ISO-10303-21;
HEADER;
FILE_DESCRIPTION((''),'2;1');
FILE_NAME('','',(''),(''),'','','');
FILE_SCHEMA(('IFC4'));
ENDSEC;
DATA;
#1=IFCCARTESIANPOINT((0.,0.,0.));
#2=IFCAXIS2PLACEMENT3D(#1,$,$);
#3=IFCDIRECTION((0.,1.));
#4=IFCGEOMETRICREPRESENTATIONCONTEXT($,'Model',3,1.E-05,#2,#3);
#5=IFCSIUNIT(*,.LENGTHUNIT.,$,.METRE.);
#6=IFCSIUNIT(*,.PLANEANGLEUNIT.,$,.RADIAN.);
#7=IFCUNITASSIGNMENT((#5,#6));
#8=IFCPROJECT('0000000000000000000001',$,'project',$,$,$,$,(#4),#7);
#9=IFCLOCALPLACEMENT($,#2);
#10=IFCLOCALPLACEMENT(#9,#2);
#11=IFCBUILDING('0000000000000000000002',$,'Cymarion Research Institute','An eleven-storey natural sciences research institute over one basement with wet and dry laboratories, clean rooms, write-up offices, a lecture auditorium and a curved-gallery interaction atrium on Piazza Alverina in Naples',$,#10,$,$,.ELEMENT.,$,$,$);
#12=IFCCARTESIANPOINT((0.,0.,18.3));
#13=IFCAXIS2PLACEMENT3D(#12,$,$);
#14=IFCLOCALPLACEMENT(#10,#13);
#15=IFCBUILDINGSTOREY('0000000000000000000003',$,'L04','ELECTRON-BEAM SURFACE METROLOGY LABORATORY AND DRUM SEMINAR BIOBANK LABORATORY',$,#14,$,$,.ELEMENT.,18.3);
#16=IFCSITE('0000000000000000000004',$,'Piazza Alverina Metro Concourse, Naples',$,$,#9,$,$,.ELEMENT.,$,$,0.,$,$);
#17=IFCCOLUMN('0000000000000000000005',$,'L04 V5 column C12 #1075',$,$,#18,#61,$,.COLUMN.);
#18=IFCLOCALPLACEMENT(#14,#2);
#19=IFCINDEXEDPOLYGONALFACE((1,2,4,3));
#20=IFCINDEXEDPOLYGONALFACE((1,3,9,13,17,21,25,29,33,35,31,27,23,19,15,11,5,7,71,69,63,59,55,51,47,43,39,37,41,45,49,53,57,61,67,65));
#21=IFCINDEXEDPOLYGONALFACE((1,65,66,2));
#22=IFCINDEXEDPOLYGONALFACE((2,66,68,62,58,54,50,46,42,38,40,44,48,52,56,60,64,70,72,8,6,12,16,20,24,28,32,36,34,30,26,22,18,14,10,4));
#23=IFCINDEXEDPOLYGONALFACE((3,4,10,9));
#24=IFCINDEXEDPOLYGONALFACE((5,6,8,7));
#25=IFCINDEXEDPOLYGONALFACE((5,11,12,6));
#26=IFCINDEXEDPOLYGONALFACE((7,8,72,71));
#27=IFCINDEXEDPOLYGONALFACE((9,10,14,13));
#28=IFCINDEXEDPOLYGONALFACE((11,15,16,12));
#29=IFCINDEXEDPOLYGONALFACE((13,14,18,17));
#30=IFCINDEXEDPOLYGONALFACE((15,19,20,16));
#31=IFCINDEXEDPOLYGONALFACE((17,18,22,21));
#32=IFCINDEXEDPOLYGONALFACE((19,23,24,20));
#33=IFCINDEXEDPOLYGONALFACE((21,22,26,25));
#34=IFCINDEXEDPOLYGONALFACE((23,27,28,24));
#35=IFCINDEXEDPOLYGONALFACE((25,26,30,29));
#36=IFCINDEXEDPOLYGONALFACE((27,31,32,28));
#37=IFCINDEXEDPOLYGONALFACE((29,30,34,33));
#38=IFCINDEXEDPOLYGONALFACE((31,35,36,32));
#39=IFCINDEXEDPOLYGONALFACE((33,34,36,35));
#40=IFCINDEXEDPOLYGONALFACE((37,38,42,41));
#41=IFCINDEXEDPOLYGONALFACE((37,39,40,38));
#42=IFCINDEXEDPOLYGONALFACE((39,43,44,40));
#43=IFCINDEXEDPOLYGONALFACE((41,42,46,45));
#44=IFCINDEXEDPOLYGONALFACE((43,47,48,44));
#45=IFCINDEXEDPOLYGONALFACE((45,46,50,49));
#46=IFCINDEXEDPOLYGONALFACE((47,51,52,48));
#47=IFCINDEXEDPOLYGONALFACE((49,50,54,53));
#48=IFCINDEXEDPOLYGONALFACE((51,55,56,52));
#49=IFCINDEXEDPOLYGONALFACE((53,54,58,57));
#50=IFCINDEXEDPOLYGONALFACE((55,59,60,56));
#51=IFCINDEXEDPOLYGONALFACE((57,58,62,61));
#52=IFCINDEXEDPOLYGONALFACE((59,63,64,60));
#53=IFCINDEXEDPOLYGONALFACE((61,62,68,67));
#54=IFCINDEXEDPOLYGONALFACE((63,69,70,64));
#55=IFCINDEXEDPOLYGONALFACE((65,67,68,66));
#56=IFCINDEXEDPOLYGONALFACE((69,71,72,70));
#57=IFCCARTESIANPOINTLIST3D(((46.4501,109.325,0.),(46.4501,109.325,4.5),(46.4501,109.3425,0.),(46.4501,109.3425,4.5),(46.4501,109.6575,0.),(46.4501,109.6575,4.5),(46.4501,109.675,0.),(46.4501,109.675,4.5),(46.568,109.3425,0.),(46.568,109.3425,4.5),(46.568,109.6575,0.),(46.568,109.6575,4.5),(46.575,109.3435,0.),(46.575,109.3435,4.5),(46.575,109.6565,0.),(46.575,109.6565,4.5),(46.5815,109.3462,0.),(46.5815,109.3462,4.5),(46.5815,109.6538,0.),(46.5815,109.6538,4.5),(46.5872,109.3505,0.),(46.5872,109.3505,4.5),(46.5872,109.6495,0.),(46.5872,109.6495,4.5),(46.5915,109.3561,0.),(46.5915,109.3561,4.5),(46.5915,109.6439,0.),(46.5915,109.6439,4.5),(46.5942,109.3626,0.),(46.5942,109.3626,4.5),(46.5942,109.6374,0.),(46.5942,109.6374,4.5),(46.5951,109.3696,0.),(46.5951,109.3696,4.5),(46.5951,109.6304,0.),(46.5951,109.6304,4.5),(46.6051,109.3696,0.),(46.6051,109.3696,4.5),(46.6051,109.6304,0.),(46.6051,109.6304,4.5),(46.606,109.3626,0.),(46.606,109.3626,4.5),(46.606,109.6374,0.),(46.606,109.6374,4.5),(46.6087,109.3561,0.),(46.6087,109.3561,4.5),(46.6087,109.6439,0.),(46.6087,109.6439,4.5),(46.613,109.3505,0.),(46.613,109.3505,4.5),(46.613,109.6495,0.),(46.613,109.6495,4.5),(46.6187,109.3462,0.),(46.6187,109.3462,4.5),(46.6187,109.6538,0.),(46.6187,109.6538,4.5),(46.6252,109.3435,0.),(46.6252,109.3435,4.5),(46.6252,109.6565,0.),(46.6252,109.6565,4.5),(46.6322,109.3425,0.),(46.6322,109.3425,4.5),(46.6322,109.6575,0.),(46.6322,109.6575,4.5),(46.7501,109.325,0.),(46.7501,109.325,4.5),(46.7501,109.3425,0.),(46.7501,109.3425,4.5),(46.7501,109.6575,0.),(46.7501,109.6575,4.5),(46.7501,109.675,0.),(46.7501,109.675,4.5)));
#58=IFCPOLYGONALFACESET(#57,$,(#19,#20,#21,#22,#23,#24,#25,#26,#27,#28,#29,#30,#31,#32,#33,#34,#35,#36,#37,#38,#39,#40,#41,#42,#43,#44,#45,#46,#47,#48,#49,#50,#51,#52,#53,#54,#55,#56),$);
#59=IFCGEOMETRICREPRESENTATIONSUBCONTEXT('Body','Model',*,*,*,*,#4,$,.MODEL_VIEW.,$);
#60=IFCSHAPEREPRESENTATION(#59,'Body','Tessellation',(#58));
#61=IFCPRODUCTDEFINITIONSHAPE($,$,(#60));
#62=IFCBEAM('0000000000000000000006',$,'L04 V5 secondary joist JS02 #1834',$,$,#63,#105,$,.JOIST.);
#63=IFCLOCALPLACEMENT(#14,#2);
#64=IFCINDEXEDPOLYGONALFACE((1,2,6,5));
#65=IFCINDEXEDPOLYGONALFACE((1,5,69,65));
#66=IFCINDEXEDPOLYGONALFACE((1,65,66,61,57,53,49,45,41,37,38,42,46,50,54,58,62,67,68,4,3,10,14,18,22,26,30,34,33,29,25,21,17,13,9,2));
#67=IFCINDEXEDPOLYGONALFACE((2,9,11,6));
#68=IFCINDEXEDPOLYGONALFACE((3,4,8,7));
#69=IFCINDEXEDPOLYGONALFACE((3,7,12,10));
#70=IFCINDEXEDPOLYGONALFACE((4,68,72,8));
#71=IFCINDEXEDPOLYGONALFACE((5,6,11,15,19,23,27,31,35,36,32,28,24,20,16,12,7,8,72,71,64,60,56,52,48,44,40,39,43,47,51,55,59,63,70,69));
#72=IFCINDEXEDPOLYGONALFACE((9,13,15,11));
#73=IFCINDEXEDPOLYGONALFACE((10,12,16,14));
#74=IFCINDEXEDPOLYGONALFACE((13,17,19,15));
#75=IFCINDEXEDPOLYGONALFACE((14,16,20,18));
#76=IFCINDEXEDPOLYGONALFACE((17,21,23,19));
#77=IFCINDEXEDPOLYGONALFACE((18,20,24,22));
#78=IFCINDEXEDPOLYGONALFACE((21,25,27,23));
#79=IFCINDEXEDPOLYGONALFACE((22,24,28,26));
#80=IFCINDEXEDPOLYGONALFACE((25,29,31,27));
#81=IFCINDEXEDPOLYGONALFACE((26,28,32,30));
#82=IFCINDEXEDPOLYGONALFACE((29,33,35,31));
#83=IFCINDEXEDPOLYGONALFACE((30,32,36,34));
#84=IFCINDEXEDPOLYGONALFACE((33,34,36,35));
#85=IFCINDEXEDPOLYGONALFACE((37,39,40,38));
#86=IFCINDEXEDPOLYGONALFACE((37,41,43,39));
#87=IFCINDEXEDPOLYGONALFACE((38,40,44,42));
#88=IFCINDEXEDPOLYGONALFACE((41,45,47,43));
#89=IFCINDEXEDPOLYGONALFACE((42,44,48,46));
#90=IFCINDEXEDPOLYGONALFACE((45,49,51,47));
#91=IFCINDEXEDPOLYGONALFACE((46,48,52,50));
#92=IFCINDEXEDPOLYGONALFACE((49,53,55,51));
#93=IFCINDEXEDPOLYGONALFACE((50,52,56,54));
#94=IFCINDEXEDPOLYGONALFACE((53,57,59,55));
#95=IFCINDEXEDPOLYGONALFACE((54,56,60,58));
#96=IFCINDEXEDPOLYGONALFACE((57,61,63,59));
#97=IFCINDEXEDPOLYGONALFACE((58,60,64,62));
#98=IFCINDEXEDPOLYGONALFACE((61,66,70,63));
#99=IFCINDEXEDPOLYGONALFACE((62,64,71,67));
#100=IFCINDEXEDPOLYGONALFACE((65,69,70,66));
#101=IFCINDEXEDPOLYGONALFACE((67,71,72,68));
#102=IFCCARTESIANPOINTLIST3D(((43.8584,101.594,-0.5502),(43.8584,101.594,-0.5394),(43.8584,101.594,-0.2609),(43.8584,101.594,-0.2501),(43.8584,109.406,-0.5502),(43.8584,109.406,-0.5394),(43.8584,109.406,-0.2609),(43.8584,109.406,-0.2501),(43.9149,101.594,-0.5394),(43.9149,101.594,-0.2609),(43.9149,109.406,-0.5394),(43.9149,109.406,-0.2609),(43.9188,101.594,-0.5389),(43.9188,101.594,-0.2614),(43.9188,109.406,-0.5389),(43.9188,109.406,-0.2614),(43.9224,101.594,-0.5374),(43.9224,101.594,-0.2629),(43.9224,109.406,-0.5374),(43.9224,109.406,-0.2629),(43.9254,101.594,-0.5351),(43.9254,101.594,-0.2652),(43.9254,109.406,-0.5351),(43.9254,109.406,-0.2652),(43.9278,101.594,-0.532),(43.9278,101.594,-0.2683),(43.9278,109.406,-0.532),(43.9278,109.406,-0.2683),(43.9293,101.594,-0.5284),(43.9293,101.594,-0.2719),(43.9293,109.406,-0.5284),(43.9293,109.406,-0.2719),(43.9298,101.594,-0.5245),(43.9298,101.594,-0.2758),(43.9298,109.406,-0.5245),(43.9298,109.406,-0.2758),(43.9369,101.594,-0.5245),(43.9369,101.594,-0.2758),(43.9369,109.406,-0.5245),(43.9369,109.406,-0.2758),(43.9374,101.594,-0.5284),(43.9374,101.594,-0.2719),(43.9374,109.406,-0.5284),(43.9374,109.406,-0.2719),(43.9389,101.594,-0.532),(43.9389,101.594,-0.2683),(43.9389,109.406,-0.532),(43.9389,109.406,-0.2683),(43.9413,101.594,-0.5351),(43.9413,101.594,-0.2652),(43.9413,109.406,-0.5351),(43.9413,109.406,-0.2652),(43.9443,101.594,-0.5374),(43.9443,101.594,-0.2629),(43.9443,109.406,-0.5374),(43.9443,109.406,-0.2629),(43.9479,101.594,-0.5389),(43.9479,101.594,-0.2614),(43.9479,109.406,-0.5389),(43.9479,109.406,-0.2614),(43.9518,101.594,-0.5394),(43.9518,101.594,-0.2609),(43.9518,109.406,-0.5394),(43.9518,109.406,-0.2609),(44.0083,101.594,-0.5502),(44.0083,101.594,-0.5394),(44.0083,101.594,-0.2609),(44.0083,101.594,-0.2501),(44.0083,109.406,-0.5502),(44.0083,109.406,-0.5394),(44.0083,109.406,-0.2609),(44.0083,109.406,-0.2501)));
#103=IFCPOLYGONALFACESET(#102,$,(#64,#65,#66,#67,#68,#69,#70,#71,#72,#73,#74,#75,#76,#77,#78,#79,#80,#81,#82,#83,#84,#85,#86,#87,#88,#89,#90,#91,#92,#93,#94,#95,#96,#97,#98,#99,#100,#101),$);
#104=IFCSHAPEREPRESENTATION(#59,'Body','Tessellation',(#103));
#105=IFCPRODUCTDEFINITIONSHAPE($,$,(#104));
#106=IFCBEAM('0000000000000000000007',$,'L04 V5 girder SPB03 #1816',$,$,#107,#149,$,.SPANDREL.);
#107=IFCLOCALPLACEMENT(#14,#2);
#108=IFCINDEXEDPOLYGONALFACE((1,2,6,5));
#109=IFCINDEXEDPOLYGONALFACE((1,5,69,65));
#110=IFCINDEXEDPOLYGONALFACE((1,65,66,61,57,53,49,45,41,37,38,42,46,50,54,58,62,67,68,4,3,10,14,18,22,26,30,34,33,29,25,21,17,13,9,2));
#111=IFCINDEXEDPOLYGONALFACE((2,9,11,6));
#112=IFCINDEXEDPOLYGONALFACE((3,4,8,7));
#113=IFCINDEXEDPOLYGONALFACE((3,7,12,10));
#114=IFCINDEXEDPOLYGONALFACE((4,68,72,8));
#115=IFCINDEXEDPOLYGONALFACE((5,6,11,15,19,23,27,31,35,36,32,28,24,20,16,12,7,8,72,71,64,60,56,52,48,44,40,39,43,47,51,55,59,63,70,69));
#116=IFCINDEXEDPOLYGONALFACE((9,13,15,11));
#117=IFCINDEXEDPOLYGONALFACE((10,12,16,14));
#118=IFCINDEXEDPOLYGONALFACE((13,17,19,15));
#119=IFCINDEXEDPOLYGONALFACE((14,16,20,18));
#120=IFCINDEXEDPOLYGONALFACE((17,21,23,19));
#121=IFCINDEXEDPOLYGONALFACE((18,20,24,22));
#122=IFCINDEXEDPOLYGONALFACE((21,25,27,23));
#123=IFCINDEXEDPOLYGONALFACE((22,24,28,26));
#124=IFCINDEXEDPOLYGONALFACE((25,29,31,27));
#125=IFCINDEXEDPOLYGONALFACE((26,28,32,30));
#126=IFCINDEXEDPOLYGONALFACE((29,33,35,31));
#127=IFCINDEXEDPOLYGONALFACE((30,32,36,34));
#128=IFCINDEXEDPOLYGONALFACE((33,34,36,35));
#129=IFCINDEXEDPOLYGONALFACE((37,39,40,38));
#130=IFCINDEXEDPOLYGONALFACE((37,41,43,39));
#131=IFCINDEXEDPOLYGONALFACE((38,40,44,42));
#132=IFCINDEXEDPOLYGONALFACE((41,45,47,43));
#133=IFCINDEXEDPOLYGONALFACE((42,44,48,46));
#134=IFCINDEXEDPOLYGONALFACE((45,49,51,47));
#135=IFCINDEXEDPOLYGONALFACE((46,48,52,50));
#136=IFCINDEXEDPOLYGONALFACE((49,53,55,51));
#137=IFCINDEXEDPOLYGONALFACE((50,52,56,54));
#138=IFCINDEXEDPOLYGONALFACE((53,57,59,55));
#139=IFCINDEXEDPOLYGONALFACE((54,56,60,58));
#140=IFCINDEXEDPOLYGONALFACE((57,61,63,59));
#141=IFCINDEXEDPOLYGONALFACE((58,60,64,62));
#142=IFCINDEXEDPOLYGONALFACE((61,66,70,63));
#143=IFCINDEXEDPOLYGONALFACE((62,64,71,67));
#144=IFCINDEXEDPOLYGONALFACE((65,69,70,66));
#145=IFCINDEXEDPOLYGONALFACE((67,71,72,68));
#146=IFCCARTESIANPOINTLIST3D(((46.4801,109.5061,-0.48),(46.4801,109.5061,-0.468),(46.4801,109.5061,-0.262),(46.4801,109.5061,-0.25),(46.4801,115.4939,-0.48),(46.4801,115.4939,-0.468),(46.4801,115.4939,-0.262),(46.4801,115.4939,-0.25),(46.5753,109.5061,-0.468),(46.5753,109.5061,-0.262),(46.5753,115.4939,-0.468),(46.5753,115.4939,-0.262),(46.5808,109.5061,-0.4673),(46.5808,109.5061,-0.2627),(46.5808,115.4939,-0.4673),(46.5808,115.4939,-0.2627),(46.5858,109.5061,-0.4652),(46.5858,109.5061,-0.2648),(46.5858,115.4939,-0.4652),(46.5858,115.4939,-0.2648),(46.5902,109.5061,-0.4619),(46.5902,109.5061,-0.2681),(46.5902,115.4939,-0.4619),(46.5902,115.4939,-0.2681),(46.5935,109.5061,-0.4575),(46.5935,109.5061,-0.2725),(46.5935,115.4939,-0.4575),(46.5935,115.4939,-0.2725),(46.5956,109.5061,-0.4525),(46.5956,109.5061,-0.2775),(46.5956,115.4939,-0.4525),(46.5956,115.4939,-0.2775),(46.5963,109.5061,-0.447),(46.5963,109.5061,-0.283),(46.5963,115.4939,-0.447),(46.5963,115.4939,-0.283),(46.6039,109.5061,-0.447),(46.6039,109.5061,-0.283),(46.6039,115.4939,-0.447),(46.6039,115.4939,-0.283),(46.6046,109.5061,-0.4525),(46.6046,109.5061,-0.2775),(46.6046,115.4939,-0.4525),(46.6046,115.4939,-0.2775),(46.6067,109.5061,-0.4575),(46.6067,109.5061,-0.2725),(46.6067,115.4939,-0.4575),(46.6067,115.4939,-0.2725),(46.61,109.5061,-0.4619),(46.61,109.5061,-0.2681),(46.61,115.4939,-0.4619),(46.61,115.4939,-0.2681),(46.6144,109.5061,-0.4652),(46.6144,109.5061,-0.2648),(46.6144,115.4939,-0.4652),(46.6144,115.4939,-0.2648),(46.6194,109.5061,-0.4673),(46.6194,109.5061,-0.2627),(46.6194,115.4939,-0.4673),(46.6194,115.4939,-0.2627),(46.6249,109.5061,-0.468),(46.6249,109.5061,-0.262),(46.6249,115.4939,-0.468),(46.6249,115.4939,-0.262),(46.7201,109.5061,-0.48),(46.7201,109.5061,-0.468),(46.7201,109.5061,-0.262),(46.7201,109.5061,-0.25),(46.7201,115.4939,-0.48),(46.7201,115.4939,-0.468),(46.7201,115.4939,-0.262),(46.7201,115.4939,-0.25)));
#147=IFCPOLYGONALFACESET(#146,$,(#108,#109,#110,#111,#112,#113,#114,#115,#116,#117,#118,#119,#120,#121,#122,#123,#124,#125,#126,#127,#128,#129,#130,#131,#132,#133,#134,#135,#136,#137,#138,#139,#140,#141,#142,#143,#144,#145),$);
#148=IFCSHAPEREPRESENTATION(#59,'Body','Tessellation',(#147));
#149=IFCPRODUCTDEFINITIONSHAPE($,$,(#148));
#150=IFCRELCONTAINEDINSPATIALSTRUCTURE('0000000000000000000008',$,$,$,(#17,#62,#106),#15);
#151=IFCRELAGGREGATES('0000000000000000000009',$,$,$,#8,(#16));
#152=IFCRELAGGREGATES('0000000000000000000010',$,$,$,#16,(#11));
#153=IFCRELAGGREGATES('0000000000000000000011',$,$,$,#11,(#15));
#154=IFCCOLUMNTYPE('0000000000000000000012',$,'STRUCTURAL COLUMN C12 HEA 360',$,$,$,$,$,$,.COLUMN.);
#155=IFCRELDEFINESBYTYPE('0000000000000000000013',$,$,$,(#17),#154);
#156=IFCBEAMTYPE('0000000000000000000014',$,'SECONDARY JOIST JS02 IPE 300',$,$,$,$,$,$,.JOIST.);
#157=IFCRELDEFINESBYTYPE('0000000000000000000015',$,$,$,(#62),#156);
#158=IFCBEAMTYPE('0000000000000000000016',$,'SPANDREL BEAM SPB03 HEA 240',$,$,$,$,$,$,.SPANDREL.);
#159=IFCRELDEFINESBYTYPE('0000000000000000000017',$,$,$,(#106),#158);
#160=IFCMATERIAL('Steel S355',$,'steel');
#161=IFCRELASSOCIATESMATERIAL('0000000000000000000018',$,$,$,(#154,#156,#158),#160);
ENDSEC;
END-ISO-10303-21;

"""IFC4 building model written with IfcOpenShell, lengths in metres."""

from ifc_helpers import new_model, si_unit, direction, frame, origin, origin_2d, place, context, subcontext, project, spatial, i_section, extrude, material, material_profile, profile_set, type_object, element, save


model = new_model("IFC4")

# Units and contexts
model_context = context("Model", 3, precision=1e-05, world=origin(), true_north=direction((0.0, 1.0)))
body_context = subcontext(model_context, "Body", "Model", "MODEL_VIEW")
ifc_project = project(units=[si_unit("LENGTHUNIT", "METRE"), si_unit("PLANEANGLEUNIT", "RADIAN")], contexts=[model_context])

# Site, building, storey
site_placement = place(None, origin())
site = spatial("IfcSite", under=ifc_project, at=site_placement, Name="Piazza Alverina Metro Concourse, Naples", CompositionType="ELEMENT", RefElevation=0.0)
building_placement = place(site_placement, origin())
building = spatial("IfcBuilding", under=site, at=building_placement, Name="Cymarion Research Institute", Description="An eleven-storey natural sciences research institute over one basement with wet and dry laboratories, clean rooms, write-up offices, a lecture auditorium and a curved-gallery interaction atrium on Piazza Alverina in Naples", CompositionType="ELEMENT")
storey_placement = place(building_placement, frame((0.0, 0.0, 18.3)))
storey = spatial("IfcBuildingStorey", under=building, at=storey_placement, Name="L04", Description="ELECTRON-BEAM SURFACE METROLOGY LABORATORY AND DRUM SEMINAR BIOBANK LABORATORY", CompositionType="ELEMENT", Elevation=18.3)

# Column
ifc_material_1 = material(Name="Steel S355", Category="steel")
ifc_material_profile_1 = material_profile(ifc_material_1, i_section(OverallWidth=0.3, OverallDepth=0.3501, WebThickness=0.01, FlangeThickness=0.0176, FilletRadius=0.0271, at=origin_2d()), Name="HEA 360")
ifc_profile_set_1 = profile_set([ifc_material_profile_1], Name="Steel S355")
column_type = type_object("IfcColumnType", Name="STRUCTURAL COLUMN C12 HEA 360", PredefinedType="COLUMN", material=ifc_profile_set_1)
column_placement = place(storey_placement, frame((46.6001, 109.5, 0.0), z_axis=(0.0, 0.0, 1.0), x_axis=(1.0, 0.0, 0.0)))
element("IfcColumn", 1, at=column_placement, inside=storey, type_object=column_type, Name="L04 V5 column C12 #1075", PredefinedType="COLUMN", context=body_context, shape_type="SweptSolid", body=[
    extrude(i_section(OverallWidth=0.3, OverallDepth=0.3501, WebThickness=0.01, FlangeThickness=0.0176, FilletRadius=0.0271, at=origin_2d()), origin(), (0.0, 0.0, 1.0), 4.5),
])

# Beams
ifc_material_profile_2 = material_profile(ifc_material_1, i_section(OverallWidth=0.1499, OverallDepth=0.3, WebThickness=0.0071, FlangeThickness=0.0107, FilletRadius=0.0149, at=origin_2d()), Name="IPE 300")
ifc_profile_set_2 = profile_set([ifc_material_profile_2], Name="Steel S355")
beam_type_1 = type_object("IfcBeamType", Name="SECONDARY JOIST JS02 IPE 300", PredefinedType="JOIST", material=ifc_profile_set_2)
beam_1_placement = place(storey_placement, frame((43.9333, 101.594, -0.4001), z_axis=(0.0, 1.0, 0.0), x_axis=(-1.0, 0.0, 0.0)))
element("IfcBeam", 2, at=beam_1_placement, inside=storey, type_object=beam_type_1, Name="L04 V5 secondary joist JS02 #1834", PredefinedType="JOIST", context=body_context, shape_type="SweptSolid", body=[
    extrude(i_section(OverallWidth=0.1499, OverallDepth=0.3, WebThickness=0.0071, FlangeThickness=0.0107, FilletRadius=0.0149, at=origin_2d()), origin(), (0.0, 0.0, 1.0), 7.812),
])
ifc_material_profile_3 = material_profile(ifc_material_1, i_section(OverallWidth=0.24, OverallDepth=0.23, WebThickness=0.0076, FlangeThickness=0.012, FilletRadius=0.021, at=origin_2d()), Name="HEA 240")
ifc_profile_set_3 = profile_set([ifc_material_profile_3], Name="Steel S355")
beam_type_2 = type_object("IfcBeamType", Name="SPANDREL BEAM SPB03 HEA 240", PredefinedType="SPANDREL", material=ifc_profile_set_3)
beam_2_placement = place(storey_placement, frame((46.6001, 109.5061, -0.365), z_axis=(0.0, 1.0, 0.0), x_axis=(-1.0, 0.0, 0.0)))
element("IfcBeam", 3, at=beam_2_placement, inside=storey, type_object=beam_type_2, Name="L04 V5 girder SPB03 #1816", PredefinedType="SPANDREL", context=body_context, shape_type="SweptSolid", body=[
    extrude(i_section(OverallWidth=0.24, OverallDepth=0.23, WebThickness=0.0076, FlangeThickness=0.012, FilletRadius=0.021, at=origin_2d()), origin(), (0.0, 0.0, 1.0), 5.9878),
])

save(model, "model.ifc")
